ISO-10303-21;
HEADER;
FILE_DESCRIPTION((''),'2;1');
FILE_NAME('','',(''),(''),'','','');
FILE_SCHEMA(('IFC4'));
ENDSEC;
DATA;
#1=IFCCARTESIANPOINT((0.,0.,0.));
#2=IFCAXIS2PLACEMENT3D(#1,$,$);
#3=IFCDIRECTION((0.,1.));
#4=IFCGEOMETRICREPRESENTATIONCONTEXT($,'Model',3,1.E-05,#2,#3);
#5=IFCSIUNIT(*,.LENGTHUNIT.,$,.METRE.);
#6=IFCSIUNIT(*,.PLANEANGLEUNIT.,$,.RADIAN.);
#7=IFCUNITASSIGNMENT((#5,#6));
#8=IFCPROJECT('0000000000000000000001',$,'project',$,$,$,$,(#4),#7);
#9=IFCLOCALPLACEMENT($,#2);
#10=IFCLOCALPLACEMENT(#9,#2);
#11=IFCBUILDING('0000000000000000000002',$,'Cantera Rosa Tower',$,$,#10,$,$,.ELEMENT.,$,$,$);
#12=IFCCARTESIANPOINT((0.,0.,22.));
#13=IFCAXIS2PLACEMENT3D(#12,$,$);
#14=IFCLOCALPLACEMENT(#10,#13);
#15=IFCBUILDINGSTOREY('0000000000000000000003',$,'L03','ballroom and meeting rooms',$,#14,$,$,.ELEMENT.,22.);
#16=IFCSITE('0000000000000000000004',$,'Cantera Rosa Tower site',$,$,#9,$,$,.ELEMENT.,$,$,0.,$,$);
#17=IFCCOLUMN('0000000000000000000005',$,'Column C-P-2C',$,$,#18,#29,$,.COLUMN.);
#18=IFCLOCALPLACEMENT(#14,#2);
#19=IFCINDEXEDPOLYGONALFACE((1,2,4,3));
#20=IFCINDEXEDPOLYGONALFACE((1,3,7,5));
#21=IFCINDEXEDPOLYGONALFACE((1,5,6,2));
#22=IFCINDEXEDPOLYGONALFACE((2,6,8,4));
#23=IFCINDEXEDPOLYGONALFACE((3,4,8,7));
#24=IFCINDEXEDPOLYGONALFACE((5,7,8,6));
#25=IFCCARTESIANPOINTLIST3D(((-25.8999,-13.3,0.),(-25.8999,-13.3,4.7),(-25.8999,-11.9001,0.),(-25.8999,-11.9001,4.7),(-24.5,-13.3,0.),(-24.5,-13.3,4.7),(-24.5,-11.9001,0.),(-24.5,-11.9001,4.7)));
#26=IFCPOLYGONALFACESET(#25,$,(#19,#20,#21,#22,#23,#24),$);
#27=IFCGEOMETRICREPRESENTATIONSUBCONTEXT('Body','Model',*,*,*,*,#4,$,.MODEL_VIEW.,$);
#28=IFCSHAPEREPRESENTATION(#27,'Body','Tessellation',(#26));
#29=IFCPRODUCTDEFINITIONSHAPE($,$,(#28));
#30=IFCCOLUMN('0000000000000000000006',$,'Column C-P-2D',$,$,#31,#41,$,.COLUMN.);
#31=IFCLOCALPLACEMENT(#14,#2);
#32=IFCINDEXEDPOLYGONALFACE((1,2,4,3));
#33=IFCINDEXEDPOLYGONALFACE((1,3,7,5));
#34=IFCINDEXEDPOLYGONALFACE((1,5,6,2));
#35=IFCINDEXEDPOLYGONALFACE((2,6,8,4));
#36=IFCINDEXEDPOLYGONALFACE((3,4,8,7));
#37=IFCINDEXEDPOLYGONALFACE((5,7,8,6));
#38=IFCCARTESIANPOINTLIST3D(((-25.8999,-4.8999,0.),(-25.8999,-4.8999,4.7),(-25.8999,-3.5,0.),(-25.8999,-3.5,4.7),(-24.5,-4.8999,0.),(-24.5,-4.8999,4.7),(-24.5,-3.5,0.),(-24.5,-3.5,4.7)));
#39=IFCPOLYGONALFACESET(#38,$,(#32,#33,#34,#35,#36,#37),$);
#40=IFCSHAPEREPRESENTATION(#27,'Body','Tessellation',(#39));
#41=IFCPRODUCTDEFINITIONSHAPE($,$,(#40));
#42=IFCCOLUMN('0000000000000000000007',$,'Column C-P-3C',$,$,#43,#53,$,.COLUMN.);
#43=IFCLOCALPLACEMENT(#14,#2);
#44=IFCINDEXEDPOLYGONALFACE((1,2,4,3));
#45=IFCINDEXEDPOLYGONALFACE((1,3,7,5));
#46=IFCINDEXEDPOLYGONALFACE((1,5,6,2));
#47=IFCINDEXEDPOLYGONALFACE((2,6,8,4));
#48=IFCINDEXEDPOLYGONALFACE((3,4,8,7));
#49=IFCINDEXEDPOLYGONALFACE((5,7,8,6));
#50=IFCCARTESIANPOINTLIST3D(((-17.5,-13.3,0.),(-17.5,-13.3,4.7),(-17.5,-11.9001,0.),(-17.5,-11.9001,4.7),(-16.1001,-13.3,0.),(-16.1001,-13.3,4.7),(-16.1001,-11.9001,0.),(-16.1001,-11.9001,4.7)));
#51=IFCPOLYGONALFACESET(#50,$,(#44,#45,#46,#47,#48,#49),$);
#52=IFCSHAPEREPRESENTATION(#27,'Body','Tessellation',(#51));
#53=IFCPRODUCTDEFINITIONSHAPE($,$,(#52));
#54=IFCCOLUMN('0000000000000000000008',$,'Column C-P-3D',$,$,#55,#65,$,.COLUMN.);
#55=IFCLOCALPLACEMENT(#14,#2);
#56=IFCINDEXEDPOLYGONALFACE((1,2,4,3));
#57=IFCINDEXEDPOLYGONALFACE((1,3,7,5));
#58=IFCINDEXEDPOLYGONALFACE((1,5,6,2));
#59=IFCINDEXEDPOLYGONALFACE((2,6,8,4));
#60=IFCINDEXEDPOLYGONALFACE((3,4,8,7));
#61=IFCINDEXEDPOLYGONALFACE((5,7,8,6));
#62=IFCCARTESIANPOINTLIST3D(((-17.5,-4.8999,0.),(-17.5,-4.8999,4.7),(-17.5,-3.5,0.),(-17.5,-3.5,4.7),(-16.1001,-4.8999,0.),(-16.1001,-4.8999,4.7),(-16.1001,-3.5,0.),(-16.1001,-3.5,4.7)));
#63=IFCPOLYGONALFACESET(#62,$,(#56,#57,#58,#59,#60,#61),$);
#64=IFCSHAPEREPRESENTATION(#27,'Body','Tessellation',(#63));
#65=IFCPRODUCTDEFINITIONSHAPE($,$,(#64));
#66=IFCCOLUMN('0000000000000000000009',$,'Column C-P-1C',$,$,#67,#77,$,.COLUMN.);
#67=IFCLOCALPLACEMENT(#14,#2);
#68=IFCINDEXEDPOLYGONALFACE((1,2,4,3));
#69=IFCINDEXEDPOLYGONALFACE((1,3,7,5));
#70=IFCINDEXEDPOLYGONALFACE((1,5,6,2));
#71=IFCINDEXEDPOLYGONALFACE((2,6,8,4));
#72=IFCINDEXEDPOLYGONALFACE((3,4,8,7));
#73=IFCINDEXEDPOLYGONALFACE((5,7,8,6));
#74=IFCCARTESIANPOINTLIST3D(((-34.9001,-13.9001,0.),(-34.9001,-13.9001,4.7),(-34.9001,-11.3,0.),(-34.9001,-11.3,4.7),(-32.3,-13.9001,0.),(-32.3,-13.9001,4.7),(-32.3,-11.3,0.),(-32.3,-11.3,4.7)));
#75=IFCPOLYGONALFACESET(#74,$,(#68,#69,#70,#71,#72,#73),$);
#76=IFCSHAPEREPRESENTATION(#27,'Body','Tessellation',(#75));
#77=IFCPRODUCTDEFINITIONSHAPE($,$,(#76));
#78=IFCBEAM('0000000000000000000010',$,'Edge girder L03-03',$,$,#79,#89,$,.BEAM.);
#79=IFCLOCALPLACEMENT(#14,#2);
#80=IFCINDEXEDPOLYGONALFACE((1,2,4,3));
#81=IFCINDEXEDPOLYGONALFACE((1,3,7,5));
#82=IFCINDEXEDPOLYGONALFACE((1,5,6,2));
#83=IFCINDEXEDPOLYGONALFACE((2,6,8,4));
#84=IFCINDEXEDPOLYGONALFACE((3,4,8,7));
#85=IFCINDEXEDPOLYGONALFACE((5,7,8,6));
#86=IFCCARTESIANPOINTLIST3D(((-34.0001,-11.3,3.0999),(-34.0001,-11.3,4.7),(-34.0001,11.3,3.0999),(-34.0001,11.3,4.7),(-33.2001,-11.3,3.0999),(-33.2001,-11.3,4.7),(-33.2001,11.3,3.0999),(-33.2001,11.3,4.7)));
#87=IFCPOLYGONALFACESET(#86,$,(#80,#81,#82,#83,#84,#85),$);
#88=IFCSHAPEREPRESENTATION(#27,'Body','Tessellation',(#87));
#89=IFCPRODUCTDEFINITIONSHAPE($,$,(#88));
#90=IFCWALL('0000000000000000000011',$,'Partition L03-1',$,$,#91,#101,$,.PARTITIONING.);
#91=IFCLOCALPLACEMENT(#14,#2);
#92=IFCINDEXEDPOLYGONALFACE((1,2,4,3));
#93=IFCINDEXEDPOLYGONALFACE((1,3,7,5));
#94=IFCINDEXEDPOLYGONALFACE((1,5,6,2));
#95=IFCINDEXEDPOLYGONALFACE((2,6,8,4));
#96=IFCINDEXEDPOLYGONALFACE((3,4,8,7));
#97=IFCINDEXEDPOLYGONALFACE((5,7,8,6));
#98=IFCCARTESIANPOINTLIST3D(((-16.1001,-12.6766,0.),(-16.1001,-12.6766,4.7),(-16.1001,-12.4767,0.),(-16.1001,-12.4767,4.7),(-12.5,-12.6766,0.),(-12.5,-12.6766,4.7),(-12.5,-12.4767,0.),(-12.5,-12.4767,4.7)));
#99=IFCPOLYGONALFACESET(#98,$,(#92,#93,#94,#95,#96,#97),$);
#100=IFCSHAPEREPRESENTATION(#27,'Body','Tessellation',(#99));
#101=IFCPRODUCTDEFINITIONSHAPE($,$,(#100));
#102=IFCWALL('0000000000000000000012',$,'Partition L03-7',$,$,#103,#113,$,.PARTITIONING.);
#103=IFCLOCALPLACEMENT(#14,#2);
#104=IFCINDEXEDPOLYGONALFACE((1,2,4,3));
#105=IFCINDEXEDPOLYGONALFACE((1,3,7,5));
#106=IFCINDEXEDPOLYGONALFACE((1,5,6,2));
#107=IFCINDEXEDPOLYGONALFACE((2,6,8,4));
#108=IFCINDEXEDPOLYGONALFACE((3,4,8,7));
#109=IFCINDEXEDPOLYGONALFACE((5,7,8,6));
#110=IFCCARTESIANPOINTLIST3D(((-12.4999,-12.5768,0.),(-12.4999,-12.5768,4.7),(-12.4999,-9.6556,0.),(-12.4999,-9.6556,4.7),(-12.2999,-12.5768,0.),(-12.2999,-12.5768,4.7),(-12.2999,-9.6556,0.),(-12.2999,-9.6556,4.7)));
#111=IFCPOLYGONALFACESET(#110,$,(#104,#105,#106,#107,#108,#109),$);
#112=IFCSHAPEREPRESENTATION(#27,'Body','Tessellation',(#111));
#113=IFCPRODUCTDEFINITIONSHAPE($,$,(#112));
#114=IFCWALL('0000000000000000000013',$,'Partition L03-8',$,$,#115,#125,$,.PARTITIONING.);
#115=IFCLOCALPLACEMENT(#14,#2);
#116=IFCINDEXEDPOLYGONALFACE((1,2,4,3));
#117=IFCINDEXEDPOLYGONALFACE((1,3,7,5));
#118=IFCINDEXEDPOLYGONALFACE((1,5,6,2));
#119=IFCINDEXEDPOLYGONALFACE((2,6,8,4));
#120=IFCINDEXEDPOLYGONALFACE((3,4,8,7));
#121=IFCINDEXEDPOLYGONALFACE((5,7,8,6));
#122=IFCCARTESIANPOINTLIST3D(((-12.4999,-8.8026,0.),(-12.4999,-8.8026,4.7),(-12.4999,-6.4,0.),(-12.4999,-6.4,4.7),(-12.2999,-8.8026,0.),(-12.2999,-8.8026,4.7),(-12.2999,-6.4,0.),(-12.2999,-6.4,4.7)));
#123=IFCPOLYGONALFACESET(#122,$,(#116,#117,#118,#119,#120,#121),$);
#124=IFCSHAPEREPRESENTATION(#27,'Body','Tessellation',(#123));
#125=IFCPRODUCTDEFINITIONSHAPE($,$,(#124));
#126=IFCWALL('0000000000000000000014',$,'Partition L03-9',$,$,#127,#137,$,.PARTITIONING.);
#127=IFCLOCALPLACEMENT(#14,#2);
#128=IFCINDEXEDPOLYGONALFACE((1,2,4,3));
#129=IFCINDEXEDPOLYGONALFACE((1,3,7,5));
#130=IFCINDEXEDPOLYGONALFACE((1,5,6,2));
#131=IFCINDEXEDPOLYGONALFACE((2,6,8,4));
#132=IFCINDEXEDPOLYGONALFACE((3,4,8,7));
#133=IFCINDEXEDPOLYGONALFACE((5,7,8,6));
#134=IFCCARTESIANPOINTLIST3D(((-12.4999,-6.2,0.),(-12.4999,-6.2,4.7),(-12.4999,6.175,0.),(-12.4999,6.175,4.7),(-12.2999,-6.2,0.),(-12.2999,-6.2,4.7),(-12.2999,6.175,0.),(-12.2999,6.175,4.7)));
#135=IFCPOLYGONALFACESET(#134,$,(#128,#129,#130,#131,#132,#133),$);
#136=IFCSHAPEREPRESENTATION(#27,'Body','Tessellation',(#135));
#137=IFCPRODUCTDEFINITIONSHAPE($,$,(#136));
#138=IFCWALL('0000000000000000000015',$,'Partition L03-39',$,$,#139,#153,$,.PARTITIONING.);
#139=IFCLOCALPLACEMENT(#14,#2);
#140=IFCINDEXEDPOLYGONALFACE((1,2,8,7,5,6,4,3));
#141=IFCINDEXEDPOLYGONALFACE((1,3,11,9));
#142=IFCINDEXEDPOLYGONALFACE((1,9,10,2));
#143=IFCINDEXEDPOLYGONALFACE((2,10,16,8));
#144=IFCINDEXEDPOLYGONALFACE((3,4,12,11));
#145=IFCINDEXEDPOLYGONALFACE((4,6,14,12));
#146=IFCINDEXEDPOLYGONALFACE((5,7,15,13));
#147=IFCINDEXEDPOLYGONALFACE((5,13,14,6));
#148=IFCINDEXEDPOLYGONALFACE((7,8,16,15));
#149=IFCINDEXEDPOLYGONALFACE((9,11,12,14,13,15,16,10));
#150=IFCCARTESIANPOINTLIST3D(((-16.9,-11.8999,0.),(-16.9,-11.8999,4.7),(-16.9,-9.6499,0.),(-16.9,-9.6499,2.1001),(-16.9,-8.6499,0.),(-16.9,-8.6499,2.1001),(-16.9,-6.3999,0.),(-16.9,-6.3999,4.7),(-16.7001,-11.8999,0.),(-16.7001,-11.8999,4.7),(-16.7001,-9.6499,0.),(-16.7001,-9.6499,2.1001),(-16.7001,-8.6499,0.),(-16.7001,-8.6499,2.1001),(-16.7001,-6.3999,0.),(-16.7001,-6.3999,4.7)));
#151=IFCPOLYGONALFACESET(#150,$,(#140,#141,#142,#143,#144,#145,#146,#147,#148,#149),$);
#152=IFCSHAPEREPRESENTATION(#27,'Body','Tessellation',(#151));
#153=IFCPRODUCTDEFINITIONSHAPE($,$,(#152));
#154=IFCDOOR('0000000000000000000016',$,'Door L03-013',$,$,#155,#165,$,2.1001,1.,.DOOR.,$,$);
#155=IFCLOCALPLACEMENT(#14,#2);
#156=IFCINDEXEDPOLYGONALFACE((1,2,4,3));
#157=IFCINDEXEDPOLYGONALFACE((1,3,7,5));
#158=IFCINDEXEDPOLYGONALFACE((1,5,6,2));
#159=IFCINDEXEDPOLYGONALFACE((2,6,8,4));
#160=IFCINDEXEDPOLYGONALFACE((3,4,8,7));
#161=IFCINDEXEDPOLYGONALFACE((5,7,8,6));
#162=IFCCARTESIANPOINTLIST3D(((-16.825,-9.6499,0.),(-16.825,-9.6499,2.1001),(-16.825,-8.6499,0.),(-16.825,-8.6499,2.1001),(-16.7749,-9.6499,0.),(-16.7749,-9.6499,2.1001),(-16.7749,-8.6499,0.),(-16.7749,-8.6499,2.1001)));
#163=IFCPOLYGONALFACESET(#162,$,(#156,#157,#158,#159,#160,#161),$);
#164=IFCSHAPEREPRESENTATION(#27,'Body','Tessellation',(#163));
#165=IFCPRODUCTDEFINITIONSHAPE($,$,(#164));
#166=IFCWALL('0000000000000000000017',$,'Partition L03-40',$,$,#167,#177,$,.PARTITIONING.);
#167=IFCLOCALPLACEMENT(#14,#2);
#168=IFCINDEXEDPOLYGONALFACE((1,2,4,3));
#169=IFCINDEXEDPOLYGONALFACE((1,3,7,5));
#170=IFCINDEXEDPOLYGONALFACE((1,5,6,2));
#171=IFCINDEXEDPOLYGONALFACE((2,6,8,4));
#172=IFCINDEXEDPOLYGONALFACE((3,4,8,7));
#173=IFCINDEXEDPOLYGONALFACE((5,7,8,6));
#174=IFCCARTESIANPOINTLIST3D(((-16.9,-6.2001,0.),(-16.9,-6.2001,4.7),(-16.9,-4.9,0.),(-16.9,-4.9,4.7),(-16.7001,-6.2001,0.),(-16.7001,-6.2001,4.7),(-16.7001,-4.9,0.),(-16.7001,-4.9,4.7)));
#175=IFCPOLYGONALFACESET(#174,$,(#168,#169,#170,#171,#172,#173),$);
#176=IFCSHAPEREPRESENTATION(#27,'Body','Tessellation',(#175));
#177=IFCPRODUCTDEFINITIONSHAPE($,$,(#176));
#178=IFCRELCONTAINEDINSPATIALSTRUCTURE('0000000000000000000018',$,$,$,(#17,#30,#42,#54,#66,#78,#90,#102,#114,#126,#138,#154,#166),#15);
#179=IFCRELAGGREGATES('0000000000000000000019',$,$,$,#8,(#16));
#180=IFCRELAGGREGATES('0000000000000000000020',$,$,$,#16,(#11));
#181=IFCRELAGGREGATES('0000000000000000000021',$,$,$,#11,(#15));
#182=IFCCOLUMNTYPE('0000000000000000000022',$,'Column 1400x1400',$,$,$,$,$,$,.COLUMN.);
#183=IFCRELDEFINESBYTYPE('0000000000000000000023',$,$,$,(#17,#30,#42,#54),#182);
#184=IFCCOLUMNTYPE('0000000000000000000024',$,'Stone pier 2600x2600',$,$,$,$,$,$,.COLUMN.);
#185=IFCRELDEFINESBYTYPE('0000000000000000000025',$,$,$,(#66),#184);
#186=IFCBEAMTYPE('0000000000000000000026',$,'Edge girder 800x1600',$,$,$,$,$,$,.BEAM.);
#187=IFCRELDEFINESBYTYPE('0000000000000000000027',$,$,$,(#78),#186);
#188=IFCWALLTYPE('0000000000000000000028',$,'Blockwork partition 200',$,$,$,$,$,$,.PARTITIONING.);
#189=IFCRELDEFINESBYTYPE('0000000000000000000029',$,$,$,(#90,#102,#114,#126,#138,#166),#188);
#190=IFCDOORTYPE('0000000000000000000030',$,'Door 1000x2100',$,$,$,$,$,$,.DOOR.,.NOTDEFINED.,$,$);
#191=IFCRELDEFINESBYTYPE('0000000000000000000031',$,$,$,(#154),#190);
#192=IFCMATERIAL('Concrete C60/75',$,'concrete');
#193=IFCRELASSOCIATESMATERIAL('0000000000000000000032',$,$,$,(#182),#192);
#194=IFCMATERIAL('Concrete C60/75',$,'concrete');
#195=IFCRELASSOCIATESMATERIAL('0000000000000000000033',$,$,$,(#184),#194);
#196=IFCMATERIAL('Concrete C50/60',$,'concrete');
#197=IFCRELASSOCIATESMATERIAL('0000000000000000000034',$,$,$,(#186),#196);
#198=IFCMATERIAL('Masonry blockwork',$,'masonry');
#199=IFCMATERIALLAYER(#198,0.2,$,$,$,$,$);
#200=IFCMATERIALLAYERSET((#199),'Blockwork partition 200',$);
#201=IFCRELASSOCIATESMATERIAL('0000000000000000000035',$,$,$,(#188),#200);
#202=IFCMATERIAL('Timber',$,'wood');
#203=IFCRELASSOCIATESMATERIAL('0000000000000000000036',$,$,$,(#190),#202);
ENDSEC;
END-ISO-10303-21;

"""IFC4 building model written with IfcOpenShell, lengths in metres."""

from ifc_helpers import new_model, si_unit, direction, frame, frame_2d, origin, origin_2d, place, context, subcontext, project, spatial, rectangle, extrude, material, layer, layer_set, material_profile, profile_set, type_object, element, fill, save


model = new_model("IFC4")

# Units and contexts
model_context = context("Model", 3, precision=1e-05, world=origin(), true_north=direction((0.0, 1.0)))
body_context = subcontext(model_context, "Body", "Model", "MODEL_VIEW")
ifc_project = project(units=[si_unit("LENGTHUNIT", "METRE"), si_unit("PLANEANGLEUNIT", "RADIAN")], contexts=[model_context])

# Site, building, storey
site_placement = place(None, origin())
site = spatial("IfcSite", under=ifc_project, at=site_placement, Name="Cantera Rosa Tower site", CompositionType="ELEMENT", RefElevation=0.0)
building_placement = place(site_placement, origin())
building = spatial("IfcBuilding", under=site, at=building_placement, Name="Cantera Rosa Tower", CompositionType="ELEMENT")
storey_placement = place(building_placement, frame((0.0, 0.0, 22.0)))
storey = spatial("IfcBuildingStorey", under=building, at=storey_placement, Name="L03", Description="ballroom and meeting rooms", CompositionType="ELEMENT", Elevation=22.0)

# Columns
ifc_material_1 = material(Name="Concrete C60/75", Category="concrete")
ifc_material_profile_1 = material_profile(ifc_material_1, rectangle(XDim=1.3999, YDim=1.3999, at=origin_2d()), Name="Column 1400x1400")
ifc_profile_set_1 = profile_set([ifc_material_profile_1], Name="Concrete C60/75")
column_type_1 = type_object("IfcColumnType", Name="Column 1400x1400", PredefinedType="COLUMN", material=ifc_profile_set_1)
for number, where, z_axis, x_axis, name in (
    (1, (-25.2, -12.6001, 0.0), (0.0, 0.0, 1.0), (1.0, 0.0, 0.0), "Column C-P-2C"),
    (2, (-25.2, -4.2, 0.0), (0.0, 0.0, 1.0), (1.0, 0.0, 0.0), "Column C-P-2D"),
    (3, (-16.8, -12.6001, 0.0), (0.0, 0.0, 1.0), (1.0, 0.0, 0.0), "Column C-P-3C"),
    (4, (-16.8, -4.2, 0.0), (0.0, 0.0, 1.0), (1.0, 0.0, 0.0), "Column C-P-3D"),
):
    element("IfcColumn", number, at=place(storey_placement, frame(where, z_axis=z_axis, x_axis=x_axis)), inside=storey, type_object=column_type_1, Name=name, PredefinedType="COLUMN", context=body_context, shape_type="SweptSolid", body=[
        extrude(rectangle(XDim=1.3999, YDim=1.3999, at=origin_2d()), origin(), (0.0, 0.0, 1.0), 4.7),
    ])
ifc_material_2 = material(Name="Concrete C60/75", Category="concrete")
ifc_material_profile_2 = material_profile(ifc_material_2, rectangle(XDim=2.6001, YDim=2.6001, at=origin_2d()), Name="Stone pier 2600x2600")
ifc_profile_set_2 = profile_set([ifc_material_profile_2], Name="Concrete C60/75")
column_type_2 = type_object("IfcColumnType", Name="Stone pier 2600x2600", PredefinedType="COLUMN", material=ifc_profile_set_2)
column_placement = place(storey_placement, frame((-33.6001, -12.6001, 0.0), z_axis=(0.0, 0.0, 1.0), x_axis=(1.0, 0.0, 0.0)))
element("IfcColumn", 5, at=column_placement, inside=storey, type_object=column_type_2, Name="Column C-P-1C", PredefinedType="COLUMN", context=body_context, shape_type="SweptSolid", body=[
    extrude(rectangle(XDim=2.6001, YDim=2.6001, at=origin_2d()), origin(), (0.0, 0.0, 1.0), 4.7),
])

# Beam
ifc_material_3 = material(Name="Concrete C50/60", Category="concrete")
ifc_material_profile_3 = material_profile(ifc_material_3, rectangle(XDim=0.8, YDim=1.6001, at=origin_2d()), Name="Edge girder 800x1600")
ifc_profile_set_3 = profile_set([ifc_material_profile_3], Name="Concrete C50/60")
beam_type = type_object("IfcBeamType", Name="Edge girder 800x1600", PredefinedType="BEAM", material=ifc_profile_set_3)
beam_placement = place(storey_placement, frame((-33.6001, -11.3, 3.8999), z_axis=(0.0, 1.0, 0.0), x_axis=(-1.0, 0.0, 0.0)))
element("IfcBeam", 6, at=beam_placement, inside=storey, type_object=beam_type, Name="Edge girder L03-03", PredefinedType="BEAM", context=body_context, shape_type="SweptSolid", body=[
    extrude(rectangle(XDim=0.8, YDim=1.6001, at=origin_2d()), origin(), (0.0, 0.0, 1.0), 22.6001),
])

# Walls
ifc_material_4 = material(Name="Masonry blockwork", Category="masonry")
ifc_layer_1 = layer(ifc_material_4, 0.2)
ifc_layer_set_1 = layer_set([ifc_layer_1], Name="Blockwork partition 200")
wall_type_1 = type_object("IfcWallType", Name="Blockwork partition 200", PredefinedType="PARTITIONING", material=ifc_layer_set_1)
wall_1_placement = place(storey_placement, frame((-16.1001, -12.5767, 0.0), z_axis=(0.0, 0.0, 1.0), x_axis=(1.0, 0.0, 0.0)))
element("IfcWall", 7, at=wall_1_placement, inside=storey, type_object=wall_type_1, Name="Partition L03-1", PredefinedType="PARTITIONING", context=body_context, shape_type="SweptSolid", body=[
    extrude(rectangle(XDim=3.6001, YDim=0.2, at=frame_2d((1.8, 0.0))), origin(), (0.0, 0.0, 1.0), 4.7),
])
wall_2_placement = place(storey_placement, frame((-12.3999, -12.5767, 0.0), z_axis=(0.0, 0.0, 1.0), x_axis=(0.0, 1.0, 0.0)))
element("IfcWall", 8, at=wall_2_placement, inside=storey, type_object=wall_type_1, Name="Partition L03-7", PredefinedType="PARTITIONING", context=body_context, shape_type="SweptSolid", body=[
    extrude(rectangle(XDim=2.9211, YDim=0.2, at=frame_2d((1.4604, 0.0))), origin(), (0.0, 0.0, 1.0), 4.7),
])
wall_3_placement = place(storey_placement, frame((-12.3999, -8.8025, 0.0), z_axis=(0.0, 0.0, 1.0), x_axis=(0.0, 1.0, 0.0)))
element("IfcWall", 9, at=wall_3_placement, inside=storey, type_object=wall_type_1, Name="Partition L03-8", PredefinedType="PARTITIONING", context=body_context, shape_type="SweptSolid", body=[
    extrude(rectangle(XDim=2.4026, YDim=0.2, at=frame_2d((1.2012, 0.0))), origin(), (0.0, 0.0, 1.0), 4.7),
])
wall_4_placement = place(storey_placement, frame((-12.3999, -6.2, 0.0), z_axis=(0.0, 0.0, 1.0), x_axis=(0.0, 1.0, 0.0)))
element("IfcWall", 10, at=wall_4_placement, inside=storey, type_object=wall_type_1, Name="Partition L03-9", PredefinedType="PARTITIONING", context=body_context, shape_type="SweptSolid", body=[
    extrude(rectangle(XDim=12.375, YDim=0.2, at=frame_2d((6.1875, 0.0))), origin(), (0.0, 0.0, 1.0), 4.7),
])

# Wall, opening, door
wall_5_placement = place(storey_placement, frame((-16.8, -11.8999, 0.0), z_axis=(0.0, 0.0, 1.0), x_axis=(0.0, 1.0, 0.0)))
wall_5 = element("IfcWall", 11, at=wall_5_placement, inside=storey, type_object=wall_type_1, Name="Partition L03-39", PredefinedType="PARTITIONING", context=body_context, shape_type="SweptSolid", body=[
    extrude(rectangle(XDim=5.5, YDim=0.2, at=frame_2d((2.75, 0.0))), origin(), (0.0, 0.0, 1.0), 4.7),
])
opening_1_placement = place(wall_5_placement, frame((2.25, 0.0, 0.0)))
opening_1 = element("IfcOpeningElement", 12, at=opening_1_placement, cuts=wall_5, PredefinedType="OPENING", context=body_context, shape_type="SweptSolid", body=[
    extrude(rectangle(XDim=1.0, YDim=2.1001, at=frame_2d((0.5, 1.05))), frame((0.0, 0.1099, 0.0), z_axis=(0.0, -1.0, 0.0), x_axis=(1.0, 0.0, 0.0)), (0.0, 0.0, 1.0), 0.22),
])
ifc_material_5 = material(Name="Timber", Category="wood")
door_type_1 = type_object("IfcDoorType", Name="Door 1000x2100", OperationType="NOTDEFINED", PredefinedType="DOOR", material=ifc_material_5)
door_1_placement = place(opening_1_placement, origin())
door_1 = element("IfcDoor", 13, at=door_1_placement, inside=storey, type_object=door_type_1, Name="Door L03-013", OverallHeight=2.1001, OverallWidth=1.0, PredefinedType="DOOR", context=body_context, shape_type="SweptSolid", body=[
    extrude(rectangle(XDim=1.0, YDim=2.1001, at=frame_2d((0.5, 1.05))), frame((0.0, 0.0249, 0.0), z_axis=(0.0, -1.0, 0.0), x_axis=(1.0, 0.0, 0.0)), (0.0, 0.0, 1.0), 0.05),
])
fill(opening_1, door_1)

# Wall
wall_6_placement = place(storey_placement, frame((-16.8, -6.2, 0.0), z_axis=(0.0, 0.0, 1.0), x_axis=(0.0, 1.0, 0.0)))
element("IfcWall", 14, at=wall_6_placement, inside=storey, type_object=wall_type_1, Name="Partition L03-40", PredefinedType="PARTITIONING", context=body_context, shape_type="SweptSolid", body=[
    extrude(rectangle(XDim=1.3, YDim=0.2, at=frame_2d((0.6499, 0.0))), origin(), (0.0, 0.0, 1.0), 4.7),
])

save(model, "model.ifc")
